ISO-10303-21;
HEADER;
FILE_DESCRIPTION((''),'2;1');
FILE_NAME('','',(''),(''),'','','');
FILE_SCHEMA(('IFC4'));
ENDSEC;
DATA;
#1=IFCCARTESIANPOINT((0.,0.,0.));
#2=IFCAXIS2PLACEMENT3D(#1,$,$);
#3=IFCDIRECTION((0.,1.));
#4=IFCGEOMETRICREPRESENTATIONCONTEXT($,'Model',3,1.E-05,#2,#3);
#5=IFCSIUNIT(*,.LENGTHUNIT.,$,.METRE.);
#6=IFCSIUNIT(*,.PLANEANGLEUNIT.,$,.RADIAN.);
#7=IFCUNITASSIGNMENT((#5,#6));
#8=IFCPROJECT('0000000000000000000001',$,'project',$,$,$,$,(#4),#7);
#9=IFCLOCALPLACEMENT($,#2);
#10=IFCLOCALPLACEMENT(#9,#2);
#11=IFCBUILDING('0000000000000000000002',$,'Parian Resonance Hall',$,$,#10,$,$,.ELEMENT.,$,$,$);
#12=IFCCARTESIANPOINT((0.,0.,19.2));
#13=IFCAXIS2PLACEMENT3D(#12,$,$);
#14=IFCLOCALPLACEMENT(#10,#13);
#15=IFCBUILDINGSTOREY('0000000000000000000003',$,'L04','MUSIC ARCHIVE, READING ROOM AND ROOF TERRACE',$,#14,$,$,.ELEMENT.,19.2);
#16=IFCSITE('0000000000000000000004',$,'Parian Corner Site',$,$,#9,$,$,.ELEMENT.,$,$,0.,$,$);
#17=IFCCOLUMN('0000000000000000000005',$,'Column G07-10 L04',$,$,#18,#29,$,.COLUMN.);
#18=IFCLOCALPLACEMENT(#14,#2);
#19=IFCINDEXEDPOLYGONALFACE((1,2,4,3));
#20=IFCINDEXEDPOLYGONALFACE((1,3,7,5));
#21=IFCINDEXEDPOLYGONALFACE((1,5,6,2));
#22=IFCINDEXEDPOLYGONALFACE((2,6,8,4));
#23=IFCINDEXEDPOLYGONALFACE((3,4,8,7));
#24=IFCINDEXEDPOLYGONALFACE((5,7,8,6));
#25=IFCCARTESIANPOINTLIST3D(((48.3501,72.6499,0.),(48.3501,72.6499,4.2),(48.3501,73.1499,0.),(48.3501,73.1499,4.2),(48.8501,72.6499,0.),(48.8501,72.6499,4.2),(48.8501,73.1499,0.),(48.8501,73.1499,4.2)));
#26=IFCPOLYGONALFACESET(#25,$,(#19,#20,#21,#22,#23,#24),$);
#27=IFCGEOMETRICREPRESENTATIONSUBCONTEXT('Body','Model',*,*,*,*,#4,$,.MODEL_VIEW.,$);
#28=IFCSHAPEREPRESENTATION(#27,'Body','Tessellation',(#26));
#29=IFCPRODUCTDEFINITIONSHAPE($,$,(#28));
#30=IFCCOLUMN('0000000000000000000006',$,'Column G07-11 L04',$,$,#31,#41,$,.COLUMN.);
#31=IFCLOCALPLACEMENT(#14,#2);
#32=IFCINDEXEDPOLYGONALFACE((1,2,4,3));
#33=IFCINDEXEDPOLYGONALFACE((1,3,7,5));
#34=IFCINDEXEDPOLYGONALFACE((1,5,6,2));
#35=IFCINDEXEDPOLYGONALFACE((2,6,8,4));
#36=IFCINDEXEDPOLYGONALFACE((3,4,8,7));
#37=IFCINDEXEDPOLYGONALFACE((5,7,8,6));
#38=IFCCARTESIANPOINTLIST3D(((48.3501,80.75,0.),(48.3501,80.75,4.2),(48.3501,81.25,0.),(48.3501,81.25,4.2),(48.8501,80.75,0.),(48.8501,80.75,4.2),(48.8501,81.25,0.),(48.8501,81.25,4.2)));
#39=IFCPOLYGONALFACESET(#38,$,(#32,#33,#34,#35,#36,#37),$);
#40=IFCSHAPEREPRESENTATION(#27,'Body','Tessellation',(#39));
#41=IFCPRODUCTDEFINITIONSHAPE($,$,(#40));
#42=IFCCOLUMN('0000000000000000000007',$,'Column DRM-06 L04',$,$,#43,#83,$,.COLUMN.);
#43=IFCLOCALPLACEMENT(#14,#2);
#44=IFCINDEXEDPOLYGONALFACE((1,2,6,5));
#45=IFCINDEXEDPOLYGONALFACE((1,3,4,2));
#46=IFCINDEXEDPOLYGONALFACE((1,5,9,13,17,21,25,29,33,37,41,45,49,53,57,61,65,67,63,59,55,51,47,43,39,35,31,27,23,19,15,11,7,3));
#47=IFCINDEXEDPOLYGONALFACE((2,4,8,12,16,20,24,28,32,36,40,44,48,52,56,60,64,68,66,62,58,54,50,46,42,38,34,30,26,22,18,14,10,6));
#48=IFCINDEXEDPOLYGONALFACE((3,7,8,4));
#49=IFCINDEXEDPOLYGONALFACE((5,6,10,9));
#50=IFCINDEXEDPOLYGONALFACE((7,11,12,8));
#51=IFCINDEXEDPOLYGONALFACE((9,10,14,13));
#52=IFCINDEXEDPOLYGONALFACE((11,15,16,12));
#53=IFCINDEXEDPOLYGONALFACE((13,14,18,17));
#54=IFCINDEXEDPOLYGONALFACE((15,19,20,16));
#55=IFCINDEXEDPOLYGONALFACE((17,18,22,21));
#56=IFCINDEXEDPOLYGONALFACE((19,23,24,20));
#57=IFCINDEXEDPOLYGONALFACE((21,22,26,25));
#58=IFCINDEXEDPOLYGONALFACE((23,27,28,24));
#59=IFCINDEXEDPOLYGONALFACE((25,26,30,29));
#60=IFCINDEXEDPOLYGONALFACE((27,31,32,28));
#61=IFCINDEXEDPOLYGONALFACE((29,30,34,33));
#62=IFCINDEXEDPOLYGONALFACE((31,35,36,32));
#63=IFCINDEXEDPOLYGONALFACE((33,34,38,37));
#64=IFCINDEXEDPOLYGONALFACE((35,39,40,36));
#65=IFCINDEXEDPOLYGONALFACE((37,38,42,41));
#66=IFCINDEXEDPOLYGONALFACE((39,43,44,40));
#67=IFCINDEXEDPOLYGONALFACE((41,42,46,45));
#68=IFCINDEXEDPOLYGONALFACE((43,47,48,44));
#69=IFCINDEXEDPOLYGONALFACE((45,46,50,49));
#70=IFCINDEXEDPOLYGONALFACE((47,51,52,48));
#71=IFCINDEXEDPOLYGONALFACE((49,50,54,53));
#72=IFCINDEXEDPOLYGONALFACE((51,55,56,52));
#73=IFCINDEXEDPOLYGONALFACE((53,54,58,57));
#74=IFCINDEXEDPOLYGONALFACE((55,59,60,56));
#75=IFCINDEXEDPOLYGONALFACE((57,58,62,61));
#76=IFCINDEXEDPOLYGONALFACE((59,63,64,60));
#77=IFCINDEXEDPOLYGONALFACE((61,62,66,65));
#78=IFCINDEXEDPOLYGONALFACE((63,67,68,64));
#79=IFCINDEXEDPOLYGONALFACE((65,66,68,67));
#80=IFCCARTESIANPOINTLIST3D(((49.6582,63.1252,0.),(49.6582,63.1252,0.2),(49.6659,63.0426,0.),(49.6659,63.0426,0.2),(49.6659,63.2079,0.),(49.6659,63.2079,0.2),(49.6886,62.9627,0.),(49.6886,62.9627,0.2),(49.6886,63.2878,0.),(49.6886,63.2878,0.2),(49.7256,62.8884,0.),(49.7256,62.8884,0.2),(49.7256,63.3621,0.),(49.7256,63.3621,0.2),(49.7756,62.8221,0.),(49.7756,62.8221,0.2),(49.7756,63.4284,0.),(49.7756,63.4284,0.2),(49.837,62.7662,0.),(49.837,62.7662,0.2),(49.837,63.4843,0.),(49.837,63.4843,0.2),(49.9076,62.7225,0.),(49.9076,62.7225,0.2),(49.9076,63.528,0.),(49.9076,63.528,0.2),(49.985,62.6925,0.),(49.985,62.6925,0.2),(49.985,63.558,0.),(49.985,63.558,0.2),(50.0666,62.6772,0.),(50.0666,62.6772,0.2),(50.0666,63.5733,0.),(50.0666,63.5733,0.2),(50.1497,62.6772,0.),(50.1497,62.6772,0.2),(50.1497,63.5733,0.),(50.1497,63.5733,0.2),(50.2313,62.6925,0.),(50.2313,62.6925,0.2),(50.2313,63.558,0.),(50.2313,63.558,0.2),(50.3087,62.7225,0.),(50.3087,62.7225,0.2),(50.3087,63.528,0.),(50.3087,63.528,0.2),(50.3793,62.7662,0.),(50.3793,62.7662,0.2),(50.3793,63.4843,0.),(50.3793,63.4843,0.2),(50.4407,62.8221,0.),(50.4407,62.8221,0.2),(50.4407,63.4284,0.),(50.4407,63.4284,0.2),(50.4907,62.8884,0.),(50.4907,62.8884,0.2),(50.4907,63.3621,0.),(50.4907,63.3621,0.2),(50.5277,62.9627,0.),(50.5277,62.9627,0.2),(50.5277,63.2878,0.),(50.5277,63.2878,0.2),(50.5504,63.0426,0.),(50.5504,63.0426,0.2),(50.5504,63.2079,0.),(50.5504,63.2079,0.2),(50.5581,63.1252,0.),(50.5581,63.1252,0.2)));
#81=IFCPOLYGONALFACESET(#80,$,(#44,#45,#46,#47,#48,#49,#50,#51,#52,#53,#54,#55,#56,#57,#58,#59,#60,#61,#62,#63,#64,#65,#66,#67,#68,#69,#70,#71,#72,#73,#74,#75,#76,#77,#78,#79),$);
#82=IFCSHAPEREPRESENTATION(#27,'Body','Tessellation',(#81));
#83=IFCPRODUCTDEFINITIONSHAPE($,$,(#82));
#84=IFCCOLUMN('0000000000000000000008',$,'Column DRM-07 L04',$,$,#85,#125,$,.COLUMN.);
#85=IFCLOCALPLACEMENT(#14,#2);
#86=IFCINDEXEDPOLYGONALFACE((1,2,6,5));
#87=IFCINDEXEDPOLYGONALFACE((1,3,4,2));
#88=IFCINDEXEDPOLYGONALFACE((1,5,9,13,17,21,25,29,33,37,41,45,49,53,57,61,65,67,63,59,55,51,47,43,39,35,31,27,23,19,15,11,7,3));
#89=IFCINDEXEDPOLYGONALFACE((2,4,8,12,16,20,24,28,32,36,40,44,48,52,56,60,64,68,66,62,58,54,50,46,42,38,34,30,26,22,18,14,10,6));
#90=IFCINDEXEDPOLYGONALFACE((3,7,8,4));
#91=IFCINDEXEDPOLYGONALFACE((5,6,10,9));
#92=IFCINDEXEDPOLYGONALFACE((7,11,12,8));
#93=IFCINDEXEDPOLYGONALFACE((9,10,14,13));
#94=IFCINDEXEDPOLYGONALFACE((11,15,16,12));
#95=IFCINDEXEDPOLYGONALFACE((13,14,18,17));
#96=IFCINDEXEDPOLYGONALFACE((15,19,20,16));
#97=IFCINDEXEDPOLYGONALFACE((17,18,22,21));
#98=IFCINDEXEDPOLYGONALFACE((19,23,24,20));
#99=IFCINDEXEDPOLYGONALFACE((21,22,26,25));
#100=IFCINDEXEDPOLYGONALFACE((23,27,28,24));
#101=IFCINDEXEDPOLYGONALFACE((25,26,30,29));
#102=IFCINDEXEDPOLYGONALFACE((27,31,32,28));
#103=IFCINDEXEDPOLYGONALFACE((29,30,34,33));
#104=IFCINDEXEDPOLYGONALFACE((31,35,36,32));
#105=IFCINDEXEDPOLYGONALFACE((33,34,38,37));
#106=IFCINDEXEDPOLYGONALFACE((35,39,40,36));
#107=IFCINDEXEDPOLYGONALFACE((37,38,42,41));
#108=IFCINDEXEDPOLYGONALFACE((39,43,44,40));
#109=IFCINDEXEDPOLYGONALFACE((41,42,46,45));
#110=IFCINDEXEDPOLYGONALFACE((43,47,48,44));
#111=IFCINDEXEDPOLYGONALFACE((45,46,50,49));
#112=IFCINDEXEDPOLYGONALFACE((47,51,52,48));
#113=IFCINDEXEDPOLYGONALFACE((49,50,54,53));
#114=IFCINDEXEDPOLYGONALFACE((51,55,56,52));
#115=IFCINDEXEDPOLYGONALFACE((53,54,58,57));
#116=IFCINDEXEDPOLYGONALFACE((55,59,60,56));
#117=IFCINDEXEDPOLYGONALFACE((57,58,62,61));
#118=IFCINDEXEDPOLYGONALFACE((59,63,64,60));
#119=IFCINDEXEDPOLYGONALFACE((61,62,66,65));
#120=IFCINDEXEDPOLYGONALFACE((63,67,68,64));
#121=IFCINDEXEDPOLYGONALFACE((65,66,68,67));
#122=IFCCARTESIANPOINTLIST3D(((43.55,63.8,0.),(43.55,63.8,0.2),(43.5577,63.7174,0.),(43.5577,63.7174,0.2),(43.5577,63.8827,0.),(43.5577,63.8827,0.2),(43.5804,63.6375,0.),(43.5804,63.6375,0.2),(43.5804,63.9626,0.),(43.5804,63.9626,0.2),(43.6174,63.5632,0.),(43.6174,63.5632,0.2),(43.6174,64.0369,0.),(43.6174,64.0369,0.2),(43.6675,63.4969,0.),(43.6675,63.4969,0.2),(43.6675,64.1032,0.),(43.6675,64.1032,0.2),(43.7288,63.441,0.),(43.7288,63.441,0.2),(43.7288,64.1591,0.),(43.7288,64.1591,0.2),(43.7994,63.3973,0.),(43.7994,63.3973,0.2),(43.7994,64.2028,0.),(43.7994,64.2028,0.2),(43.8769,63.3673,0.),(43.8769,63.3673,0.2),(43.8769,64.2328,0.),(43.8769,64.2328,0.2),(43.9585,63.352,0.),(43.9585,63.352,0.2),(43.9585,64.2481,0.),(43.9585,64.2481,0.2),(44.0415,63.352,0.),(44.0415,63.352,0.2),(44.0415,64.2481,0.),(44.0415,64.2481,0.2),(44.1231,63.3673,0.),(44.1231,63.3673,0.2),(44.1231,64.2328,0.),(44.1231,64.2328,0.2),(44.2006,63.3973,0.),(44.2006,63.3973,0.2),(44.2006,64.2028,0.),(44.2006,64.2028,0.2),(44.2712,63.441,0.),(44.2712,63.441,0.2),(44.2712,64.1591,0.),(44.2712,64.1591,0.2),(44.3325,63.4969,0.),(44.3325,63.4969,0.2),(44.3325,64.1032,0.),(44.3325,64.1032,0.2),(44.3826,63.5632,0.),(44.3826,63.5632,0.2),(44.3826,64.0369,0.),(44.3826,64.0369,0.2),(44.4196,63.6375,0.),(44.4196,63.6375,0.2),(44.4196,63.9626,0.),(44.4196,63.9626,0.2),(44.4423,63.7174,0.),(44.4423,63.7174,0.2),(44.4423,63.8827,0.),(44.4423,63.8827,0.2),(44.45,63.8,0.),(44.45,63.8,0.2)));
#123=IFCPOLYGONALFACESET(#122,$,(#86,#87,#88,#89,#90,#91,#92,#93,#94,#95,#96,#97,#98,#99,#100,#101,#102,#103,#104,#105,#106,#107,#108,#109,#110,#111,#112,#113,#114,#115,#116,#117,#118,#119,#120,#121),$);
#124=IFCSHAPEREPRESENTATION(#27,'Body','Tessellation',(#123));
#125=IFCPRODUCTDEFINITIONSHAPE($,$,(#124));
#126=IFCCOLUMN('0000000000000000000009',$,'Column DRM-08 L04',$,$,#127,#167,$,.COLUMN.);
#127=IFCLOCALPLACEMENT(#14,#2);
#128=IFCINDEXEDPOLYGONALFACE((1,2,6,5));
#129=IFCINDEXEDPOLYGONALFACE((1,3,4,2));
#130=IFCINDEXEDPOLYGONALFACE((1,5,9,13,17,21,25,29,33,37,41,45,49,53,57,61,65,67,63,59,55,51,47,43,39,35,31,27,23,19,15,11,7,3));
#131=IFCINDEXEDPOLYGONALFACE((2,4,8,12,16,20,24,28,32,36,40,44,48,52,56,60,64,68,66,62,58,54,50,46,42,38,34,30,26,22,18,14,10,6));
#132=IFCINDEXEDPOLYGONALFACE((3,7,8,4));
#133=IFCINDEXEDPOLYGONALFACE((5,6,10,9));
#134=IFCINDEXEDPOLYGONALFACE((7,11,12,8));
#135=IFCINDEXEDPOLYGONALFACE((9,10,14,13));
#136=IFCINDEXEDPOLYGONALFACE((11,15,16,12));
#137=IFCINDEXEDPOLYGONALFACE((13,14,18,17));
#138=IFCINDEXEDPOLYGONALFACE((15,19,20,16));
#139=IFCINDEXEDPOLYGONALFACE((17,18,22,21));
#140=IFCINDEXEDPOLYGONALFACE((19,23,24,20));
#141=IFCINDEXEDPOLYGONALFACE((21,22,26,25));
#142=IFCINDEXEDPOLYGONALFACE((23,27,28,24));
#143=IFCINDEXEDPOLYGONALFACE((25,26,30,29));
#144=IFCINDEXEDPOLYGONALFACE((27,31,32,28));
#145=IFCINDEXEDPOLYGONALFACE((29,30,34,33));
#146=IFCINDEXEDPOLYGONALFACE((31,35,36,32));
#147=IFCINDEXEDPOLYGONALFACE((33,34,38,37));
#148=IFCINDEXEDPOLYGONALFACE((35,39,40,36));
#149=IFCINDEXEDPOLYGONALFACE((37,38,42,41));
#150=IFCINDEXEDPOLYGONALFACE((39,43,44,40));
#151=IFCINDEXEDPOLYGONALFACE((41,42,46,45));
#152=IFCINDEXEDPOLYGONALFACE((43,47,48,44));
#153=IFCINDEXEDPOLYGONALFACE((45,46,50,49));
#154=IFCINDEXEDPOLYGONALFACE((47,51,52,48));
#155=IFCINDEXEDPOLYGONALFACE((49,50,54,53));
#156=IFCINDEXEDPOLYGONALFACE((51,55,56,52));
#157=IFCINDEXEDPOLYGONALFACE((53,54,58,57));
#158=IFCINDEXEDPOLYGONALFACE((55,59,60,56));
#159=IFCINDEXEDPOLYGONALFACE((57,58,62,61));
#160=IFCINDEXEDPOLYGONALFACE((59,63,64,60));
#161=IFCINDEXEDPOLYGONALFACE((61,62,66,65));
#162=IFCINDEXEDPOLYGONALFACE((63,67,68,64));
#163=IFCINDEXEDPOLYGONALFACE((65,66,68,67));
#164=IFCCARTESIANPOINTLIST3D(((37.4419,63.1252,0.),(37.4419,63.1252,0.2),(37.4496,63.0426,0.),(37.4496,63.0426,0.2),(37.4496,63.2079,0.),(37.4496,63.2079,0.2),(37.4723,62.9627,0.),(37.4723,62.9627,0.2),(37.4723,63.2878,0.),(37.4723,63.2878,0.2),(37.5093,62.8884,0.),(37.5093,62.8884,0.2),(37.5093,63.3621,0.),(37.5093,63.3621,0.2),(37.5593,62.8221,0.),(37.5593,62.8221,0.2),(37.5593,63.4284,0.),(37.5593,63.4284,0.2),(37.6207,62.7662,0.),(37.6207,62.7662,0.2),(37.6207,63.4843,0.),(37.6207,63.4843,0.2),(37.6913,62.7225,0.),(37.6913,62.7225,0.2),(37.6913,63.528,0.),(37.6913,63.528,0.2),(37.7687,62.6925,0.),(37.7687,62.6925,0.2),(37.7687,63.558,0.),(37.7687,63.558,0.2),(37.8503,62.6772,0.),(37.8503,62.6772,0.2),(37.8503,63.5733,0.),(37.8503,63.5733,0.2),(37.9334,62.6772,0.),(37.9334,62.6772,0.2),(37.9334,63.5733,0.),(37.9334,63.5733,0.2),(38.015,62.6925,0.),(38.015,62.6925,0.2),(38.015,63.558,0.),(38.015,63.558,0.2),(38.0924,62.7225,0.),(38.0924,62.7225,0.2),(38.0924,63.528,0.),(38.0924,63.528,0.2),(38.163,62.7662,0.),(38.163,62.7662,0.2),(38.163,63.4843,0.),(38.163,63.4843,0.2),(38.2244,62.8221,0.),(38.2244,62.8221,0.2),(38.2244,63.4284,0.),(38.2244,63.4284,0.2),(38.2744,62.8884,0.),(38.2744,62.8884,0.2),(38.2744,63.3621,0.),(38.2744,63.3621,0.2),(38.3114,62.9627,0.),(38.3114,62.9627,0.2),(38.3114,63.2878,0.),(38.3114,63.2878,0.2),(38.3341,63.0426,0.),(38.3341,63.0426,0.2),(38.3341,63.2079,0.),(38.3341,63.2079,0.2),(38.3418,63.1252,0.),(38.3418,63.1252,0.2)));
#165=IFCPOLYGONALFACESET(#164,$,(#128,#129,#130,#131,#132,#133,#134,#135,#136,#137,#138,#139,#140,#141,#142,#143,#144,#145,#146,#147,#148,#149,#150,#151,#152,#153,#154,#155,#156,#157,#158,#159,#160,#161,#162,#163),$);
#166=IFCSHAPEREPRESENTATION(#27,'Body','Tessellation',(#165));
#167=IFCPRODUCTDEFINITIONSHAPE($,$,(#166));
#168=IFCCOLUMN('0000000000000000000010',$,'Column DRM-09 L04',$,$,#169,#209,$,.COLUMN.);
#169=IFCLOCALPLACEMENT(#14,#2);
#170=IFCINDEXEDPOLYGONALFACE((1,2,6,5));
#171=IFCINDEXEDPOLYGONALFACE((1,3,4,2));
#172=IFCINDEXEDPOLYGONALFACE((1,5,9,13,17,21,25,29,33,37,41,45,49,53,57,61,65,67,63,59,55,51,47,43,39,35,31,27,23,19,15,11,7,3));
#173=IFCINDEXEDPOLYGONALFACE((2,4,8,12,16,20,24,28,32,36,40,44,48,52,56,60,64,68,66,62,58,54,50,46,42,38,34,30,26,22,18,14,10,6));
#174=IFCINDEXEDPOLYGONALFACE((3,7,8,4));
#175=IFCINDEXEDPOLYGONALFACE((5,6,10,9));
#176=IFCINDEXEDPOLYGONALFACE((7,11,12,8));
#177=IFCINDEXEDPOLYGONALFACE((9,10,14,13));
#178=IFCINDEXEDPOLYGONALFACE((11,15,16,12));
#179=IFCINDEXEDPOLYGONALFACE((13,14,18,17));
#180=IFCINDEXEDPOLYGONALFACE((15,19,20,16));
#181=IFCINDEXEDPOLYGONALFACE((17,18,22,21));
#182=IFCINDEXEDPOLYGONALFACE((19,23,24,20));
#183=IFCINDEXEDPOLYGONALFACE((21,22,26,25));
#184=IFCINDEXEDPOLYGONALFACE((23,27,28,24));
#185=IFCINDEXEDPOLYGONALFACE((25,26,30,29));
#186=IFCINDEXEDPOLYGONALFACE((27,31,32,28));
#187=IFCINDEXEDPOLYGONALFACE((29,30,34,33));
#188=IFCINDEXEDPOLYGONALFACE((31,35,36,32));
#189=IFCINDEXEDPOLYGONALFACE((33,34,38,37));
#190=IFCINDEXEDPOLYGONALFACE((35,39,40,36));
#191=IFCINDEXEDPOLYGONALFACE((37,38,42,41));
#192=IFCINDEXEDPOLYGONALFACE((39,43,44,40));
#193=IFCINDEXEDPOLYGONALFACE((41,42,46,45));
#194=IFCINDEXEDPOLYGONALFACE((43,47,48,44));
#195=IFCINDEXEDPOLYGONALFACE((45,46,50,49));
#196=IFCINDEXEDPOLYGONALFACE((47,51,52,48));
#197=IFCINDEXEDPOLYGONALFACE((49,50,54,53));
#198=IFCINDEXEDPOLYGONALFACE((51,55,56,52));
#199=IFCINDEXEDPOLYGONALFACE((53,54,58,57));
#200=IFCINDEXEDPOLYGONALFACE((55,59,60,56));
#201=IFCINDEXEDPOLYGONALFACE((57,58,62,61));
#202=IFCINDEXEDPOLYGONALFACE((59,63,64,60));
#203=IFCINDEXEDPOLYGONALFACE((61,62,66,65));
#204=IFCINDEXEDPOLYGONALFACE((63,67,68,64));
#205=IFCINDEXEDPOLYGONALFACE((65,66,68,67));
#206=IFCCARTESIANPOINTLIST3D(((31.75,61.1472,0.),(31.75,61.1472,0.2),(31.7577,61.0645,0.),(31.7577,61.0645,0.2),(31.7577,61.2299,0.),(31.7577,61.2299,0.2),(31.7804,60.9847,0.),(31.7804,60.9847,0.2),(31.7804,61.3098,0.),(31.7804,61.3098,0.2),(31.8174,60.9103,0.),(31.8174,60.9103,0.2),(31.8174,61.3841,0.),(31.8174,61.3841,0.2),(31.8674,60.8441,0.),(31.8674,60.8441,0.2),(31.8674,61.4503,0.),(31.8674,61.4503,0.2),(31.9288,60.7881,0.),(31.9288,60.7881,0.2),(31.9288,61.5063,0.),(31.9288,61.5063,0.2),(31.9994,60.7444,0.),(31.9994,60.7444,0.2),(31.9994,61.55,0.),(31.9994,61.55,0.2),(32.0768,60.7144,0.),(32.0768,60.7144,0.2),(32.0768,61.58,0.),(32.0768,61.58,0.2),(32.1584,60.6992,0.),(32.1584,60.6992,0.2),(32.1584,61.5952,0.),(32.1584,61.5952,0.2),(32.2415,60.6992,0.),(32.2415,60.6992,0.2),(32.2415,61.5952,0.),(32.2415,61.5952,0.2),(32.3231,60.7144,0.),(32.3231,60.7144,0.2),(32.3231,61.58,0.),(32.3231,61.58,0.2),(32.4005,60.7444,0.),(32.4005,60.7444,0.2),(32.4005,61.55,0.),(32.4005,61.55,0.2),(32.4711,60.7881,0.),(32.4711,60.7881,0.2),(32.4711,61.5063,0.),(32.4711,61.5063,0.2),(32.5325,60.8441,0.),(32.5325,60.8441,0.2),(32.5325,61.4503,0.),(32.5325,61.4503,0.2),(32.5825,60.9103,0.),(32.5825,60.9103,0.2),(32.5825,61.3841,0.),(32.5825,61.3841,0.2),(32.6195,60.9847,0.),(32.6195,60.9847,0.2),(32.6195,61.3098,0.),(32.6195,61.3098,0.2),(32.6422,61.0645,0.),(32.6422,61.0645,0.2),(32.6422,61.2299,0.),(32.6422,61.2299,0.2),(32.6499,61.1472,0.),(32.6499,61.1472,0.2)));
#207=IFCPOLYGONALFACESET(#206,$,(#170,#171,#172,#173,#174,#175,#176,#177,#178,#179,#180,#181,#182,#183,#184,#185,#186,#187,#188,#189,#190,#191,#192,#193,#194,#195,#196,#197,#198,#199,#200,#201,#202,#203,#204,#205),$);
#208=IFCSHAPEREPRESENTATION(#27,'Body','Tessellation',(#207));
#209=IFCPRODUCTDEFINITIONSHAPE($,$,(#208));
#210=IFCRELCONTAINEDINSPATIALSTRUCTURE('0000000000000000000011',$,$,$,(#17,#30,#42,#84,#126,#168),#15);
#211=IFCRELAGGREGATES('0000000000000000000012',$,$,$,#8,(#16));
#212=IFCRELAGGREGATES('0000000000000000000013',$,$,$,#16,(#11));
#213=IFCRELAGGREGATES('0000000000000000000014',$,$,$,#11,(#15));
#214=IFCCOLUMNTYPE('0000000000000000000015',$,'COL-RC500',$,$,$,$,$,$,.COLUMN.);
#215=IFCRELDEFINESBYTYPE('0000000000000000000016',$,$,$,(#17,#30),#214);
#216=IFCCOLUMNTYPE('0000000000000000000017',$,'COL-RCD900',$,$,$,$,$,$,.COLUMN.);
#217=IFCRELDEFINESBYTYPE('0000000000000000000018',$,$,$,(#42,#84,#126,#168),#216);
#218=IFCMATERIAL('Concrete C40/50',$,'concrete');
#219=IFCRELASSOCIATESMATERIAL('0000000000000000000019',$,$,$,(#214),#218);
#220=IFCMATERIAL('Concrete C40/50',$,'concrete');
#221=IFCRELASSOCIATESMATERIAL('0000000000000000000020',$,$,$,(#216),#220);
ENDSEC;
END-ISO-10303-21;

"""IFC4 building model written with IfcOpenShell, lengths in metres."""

from ifc_helpers import new_model, si_unit, direction, frame, origin, origin_2d, place, context, subcontext, project, spatial, rectangle, circle, extrude, material, material_profile, profile_set, type_object, element, save


model = new_model("IFC4")

# Units and contexts
model_context = context("Model", 3, precision=1e-05, world=origin(), true_north=direction((0.0, 1.0)))
body_context = subcontext(model_context, "Body", "Model", "MODEL_VIEW")
ifc_project = project(units=[si_unit("LENGTHUNIT", "METRE"), si_unit("PLANEANGLEUNIT", "RADIAN")], contexts=[model_context])

# Site, building, storey
site_placement = place(None, origin())
site = spatial("IfcSite", under=ifc_project, at=site_placement, Name="Parian Corner Site", CompositionType="ELEMENT", RefElevation=0.0)
building_placement = place(site_placement, origin())
building = spatial("IfcBuilding", under=site, at=building_placement, Name="Parian Resonance Hall", CompositionType="ELEMENT")
storey_placement = place(building_placement, frame((0.0, 0.0, 19.2)))
storey = spatial("IfcBuildingStorey", under=building, at=storey_placement, Name="L04", Description="MUSIC ARCHIVE, READING ROOM AND ROOF TERRACE", CompositionType="ELEMENT", Elevation=19.2)

# Columns
ifc_material_1 = material(Name="Concrete C40/50", Category="concrete")
ifc_material_profile_1 = material_profile(ifc_material_1, rectangle(XDim=0.5, YDim=0.5, at=origin_2d()), Name="RC-COL-500x500")
ifc_profile_set_1 = profile_set([ifc_material_profile_1], Name="Concrete C40/50")
column_type_1 = type_object("IfcColumnType", Name="COL-RC500", PredefinedType="COLUMN", material=ifc_profile_set_1)
for number, where, z_axis, x_axis, name in (
    (1, (48.6001, 72.8999, 0.0), (0.0, 0.0, 1.0), (1.0, 0.0, 0.0), "Column G07-10 L04"),
    (2, (48.6001, 81.0, 0.0), (0.0, 0.0, 1.0), (1.0, 0.0, 0.0), "Column G07-11 L04"),
):
    element("IfcColumn", number, at=place(storey_placement, frame(where, z_axis=z_axis, x_axis=x_axis)), inside=storey, type_object=column_type_1, Name=name, PredefinedType="COLUMN", context=body_context, shape_type="SweptSolid", body=[
        extrude(rectangle(XDim=0.5, YDim=0.5, at=origin_2d()), origin(), (0.0, 0.0, 1.0), 4.2),
    ])
ifc_material_2 = material(Name="Concrete C40/50", Category="concrete")
ifc_material_profile_2 = material_profile(ifc_material_2, circle(Radius=0.45, at=origin_2d()), Name="RC-COL-D900")
ifc_profile_set_2 = profile_set([ifc_material_profile_2], Name="Concrete C40/50")
column_type_2 = type_object("IfcColumnType", Name="COL-RCD900", PredefinedType="COLUMN", material=ifc_profile_set_2)
for number, where, z_axis, x_axis, name in (
    (3, (50.1082, 63.1252, 0.0), (0.0, 0.0, 1.0), (1.0, 0.0, 0.0), "Column DRM-06 L04"),
    (4, (44.0, 63.8, 0.0), (0.0, 0.0, 1.0), (1.0, 0.0, 0.0), "Column DRM-07 L04"),
    (5, (37.8918, 63.1252, 0.0), (0.0, 0.0, 1.0), (1.0, 0.0, 0.0), "Column DRM-08 L04"),
    (6, (32.2, 61.1472, 0.0), (0.0, 0.0, 1.0), (1.0, 0.0, 0.0), "Column DRM-09 L04"),
):
    element("IfcColumn", number, at=place(storey_placement, frame(where, z_axis=z_axis, x_axis=x_axis)), inside=storey, type_object=column_type_2, Name=name, PredefinedType="COLUMN", context=body_context, shape_type="SweptSolid", body=[
        extrude(circle(Radius=0.45, at=origin_2d()), origin(), (0.0, 0.0, 1.0), 0.2),
    ])

save(model, "model.ifc")
